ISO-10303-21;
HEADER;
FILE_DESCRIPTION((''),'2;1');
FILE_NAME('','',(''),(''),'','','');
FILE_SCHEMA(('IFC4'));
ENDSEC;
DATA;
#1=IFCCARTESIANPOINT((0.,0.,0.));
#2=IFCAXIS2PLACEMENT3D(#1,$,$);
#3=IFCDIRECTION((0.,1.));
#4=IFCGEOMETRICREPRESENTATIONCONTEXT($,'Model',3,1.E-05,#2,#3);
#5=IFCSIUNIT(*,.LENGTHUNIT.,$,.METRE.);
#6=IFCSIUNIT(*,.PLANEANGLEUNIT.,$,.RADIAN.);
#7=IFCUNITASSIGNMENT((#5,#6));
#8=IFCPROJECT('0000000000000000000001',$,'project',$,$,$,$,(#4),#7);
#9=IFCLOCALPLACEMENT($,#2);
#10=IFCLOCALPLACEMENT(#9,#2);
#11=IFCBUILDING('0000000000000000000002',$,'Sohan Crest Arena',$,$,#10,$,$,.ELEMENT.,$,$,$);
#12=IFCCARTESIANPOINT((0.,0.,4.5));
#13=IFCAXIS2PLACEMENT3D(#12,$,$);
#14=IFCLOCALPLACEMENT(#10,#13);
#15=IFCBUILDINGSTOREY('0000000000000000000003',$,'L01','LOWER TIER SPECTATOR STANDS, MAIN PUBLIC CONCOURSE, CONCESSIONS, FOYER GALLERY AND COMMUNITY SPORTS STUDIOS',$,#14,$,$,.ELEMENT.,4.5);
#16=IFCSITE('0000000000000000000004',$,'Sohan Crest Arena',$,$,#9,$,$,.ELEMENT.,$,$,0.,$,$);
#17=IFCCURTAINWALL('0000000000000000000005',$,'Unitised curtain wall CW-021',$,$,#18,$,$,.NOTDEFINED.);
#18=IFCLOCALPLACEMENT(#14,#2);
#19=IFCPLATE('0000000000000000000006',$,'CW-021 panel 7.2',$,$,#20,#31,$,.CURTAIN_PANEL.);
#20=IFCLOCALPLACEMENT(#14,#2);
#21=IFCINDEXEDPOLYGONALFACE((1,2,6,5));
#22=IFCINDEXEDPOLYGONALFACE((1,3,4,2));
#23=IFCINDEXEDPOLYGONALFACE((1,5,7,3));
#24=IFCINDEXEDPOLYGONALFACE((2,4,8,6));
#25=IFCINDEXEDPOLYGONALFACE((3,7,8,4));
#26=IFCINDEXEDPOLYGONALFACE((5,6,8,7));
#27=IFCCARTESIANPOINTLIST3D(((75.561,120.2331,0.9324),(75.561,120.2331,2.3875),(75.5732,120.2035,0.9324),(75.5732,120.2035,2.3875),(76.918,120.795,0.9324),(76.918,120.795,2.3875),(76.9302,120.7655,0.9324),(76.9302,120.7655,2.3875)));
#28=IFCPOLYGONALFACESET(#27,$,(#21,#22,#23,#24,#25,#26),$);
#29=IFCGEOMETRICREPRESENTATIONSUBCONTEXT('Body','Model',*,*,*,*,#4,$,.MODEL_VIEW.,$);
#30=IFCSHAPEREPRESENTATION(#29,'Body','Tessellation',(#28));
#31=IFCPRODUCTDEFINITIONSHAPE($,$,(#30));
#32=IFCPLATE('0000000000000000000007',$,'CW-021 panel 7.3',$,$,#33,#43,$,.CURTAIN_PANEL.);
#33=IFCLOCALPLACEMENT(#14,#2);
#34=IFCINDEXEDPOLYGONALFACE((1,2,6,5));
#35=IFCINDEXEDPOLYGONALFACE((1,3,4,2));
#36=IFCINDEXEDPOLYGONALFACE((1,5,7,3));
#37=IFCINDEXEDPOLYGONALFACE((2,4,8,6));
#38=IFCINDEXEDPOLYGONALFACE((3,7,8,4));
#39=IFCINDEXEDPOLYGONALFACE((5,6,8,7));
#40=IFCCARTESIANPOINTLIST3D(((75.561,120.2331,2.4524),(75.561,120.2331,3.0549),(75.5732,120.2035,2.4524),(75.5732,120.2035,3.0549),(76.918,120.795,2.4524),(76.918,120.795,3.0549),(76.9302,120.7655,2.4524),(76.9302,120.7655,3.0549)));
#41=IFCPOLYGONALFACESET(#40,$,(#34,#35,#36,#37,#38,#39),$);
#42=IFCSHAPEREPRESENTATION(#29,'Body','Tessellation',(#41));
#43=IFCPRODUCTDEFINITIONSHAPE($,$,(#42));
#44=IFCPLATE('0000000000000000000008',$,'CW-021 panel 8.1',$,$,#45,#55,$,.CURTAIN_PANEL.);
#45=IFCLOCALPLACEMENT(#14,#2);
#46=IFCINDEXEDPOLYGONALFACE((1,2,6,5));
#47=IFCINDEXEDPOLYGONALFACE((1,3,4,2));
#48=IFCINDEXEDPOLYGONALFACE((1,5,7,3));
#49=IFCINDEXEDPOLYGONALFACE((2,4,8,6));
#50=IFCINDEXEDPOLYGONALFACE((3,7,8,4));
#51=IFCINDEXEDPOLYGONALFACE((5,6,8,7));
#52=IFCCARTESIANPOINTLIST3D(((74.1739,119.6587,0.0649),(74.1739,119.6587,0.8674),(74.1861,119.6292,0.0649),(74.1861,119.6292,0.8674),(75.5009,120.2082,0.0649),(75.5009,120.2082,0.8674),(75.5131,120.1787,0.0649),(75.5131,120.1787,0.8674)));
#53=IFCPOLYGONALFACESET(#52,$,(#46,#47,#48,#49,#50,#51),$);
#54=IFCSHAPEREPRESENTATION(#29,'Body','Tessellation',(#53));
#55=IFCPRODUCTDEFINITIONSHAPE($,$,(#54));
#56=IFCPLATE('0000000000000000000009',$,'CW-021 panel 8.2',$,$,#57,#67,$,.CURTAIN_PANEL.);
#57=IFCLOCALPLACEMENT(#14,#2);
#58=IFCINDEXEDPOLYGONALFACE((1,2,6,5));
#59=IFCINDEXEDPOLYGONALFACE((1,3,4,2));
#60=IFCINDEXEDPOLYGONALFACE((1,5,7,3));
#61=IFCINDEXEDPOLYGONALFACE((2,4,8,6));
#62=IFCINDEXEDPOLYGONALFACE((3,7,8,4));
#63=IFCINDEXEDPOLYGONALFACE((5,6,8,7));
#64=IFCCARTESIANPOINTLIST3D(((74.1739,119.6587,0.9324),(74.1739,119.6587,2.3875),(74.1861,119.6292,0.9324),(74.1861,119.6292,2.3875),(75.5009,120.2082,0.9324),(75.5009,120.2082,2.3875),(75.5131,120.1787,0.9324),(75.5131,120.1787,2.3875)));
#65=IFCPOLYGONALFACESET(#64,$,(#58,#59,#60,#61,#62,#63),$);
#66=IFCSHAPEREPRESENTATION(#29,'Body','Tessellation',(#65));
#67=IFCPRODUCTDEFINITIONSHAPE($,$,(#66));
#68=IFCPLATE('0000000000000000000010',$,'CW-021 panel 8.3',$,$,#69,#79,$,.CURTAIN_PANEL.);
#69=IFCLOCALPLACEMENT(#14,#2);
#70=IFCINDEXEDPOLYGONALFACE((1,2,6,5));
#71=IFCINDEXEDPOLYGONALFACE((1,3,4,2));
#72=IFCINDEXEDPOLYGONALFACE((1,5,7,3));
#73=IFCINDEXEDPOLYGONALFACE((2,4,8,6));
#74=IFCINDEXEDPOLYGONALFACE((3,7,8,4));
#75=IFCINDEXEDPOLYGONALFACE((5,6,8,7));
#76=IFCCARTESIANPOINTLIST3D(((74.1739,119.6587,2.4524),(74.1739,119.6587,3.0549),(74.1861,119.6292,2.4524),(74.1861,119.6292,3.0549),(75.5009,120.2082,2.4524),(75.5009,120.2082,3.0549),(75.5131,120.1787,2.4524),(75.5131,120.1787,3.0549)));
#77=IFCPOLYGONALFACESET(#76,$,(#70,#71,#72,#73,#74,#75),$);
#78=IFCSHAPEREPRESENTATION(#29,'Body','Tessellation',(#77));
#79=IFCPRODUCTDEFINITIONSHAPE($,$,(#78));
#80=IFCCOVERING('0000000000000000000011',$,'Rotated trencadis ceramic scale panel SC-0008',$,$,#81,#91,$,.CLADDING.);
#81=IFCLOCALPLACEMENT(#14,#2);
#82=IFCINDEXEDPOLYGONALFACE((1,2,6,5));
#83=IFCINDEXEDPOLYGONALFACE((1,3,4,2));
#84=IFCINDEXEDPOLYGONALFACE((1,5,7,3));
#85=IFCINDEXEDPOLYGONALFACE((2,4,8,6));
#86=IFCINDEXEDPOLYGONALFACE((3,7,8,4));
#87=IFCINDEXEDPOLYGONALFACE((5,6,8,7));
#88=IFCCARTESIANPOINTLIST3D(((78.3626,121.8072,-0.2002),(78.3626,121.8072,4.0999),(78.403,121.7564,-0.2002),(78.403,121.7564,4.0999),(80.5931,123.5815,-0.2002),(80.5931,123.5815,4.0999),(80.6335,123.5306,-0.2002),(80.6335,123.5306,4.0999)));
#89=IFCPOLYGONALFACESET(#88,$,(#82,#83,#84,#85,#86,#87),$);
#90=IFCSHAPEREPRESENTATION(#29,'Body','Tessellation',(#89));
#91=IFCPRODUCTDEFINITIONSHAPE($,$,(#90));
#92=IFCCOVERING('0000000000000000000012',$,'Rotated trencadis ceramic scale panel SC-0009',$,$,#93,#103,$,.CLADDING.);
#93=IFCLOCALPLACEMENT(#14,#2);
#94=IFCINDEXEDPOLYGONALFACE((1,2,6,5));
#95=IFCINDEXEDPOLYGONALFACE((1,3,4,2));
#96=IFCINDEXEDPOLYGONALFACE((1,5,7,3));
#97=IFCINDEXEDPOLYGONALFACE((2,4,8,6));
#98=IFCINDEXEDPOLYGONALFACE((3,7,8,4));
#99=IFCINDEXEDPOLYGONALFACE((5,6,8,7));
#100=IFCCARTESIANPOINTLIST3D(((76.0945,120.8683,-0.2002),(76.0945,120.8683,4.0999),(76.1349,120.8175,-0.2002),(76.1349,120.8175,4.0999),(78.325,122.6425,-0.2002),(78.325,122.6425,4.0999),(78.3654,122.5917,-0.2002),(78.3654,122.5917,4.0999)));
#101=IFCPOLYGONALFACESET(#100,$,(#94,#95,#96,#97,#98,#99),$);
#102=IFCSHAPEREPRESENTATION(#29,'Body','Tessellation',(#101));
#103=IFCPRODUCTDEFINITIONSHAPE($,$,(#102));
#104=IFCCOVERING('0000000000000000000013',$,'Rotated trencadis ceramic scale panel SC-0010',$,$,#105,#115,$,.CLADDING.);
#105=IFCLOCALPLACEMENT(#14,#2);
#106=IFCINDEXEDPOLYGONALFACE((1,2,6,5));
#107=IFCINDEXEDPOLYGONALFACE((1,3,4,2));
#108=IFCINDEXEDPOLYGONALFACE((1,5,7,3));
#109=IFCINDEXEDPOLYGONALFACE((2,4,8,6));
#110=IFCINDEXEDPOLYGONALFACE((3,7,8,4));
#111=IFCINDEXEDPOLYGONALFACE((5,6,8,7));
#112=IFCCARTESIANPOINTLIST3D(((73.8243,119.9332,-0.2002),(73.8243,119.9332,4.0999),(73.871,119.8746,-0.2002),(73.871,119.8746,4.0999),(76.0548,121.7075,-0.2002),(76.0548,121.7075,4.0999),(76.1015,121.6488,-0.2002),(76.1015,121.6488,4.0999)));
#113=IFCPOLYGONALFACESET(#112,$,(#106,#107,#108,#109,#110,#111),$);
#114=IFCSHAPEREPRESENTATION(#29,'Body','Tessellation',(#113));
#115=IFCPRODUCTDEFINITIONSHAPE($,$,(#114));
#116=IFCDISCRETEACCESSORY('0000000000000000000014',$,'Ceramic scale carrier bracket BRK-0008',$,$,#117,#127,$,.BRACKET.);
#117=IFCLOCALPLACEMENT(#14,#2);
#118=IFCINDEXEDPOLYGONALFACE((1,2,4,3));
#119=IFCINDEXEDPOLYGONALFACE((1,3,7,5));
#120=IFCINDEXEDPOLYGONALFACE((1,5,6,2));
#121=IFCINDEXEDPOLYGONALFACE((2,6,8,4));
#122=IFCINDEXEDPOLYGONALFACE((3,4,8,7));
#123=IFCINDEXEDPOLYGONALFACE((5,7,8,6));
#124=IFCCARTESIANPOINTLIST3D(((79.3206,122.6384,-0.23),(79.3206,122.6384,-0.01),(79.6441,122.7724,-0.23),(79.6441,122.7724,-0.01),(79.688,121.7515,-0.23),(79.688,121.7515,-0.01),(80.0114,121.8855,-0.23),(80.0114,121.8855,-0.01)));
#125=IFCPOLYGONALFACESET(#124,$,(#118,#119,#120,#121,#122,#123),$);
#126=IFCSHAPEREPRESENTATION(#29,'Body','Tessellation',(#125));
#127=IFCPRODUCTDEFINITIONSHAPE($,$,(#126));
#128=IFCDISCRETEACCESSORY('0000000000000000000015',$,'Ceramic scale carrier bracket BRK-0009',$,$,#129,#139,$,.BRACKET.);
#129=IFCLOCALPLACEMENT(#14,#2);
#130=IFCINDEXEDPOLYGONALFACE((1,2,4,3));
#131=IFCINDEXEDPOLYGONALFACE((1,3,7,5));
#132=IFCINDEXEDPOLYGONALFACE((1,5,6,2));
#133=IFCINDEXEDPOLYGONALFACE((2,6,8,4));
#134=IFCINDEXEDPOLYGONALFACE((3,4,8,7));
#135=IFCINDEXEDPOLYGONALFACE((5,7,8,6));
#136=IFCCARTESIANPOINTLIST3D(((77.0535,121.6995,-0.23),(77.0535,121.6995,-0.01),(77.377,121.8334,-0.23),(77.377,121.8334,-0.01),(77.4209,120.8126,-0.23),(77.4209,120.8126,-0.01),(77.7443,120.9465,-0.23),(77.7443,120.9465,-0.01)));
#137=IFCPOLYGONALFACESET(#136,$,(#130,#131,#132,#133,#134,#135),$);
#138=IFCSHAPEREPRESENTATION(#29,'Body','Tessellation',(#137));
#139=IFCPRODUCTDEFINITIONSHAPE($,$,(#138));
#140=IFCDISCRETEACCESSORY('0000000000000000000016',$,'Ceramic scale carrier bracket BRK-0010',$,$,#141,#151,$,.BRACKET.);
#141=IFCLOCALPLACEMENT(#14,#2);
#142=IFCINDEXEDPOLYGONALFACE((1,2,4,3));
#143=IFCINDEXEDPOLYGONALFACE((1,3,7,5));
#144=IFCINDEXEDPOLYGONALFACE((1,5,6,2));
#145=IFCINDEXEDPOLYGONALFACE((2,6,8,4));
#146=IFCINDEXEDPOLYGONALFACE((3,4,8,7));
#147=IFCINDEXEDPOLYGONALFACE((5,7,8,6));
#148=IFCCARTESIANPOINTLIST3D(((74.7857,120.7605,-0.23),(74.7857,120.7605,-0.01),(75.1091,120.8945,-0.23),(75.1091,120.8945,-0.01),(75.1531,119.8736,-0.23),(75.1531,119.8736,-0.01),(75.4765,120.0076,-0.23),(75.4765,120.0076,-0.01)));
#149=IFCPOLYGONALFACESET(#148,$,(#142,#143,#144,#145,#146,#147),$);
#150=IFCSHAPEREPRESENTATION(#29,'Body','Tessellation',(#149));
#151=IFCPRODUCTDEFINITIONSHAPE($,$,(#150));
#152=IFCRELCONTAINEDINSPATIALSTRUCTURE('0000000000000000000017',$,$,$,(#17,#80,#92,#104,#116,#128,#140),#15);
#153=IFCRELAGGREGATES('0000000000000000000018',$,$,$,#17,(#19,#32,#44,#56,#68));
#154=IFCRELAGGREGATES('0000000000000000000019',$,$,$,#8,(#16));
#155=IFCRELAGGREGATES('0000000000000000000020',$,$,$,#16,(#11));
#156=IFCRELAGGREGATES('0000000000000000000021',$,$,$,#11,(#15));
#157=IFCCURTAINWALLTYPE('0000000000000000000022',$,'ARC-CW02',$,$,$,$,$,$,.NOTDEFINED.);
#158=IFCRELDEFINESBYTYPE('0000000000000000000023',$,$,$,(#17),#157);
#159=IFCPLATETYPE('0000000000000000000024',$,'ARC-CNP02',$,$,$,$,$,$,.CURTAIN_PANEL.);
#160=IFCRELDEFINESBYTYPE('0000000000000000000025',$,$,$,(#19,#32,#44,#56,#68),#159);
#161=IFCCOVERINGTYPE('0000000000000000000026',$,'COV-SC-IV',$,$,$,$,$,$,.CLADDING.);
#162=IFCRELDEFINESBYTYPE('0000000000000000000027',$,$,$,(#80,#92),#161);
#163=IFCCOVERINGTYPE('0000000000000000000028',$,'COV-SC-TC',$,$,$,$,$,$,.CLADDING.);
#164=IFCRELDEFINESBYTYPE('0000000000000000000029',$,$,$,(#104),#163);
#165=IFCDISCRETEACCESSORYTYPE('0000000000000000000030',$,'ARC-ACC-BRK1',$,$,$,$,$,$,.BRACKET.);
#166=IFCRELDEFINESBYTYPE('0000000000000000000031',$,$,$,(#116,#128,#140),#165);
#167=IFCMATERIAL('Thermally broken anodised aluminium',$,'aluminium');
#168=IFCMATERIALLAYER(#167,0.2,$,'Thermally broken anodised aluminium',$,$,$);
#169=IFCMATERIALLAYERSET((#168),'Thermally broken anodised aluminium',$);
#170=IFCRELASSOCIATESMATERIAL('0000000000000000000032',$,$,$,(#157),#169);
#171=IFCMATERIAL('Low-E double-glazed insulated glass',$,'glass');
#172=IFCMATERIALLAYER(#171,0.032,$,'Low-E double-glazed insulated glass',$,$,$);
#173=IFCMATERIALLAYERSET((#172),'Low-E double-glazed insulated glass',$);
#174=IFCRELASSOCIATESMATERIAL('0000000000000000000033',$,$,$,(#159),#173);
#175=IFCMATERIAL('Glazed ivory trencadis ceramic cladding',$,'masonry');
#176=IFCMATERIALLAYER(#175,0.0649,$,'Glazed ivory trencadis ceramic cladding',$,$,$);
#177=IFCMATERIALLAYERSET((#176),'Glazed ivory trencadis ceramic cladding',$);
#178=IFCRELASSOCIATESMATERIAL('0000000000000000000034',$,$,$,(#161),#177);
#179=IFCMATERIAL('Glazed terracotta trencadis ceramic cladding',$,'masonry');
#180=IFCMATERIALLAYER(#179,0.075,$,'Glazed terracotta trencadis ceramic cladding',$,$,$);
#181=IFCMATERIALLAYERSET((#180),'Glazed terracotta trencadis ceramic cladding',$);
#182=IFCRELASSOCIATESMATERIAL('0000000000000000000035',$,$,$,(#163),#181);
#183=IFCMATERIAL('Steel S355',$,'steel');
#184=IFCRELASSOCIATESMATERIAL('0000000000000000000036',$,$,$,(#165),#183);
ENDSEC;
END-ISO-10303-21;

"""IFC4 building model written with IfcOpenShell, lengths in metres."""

from ifc_helpers import new_model, si_unit, direction, frame, origin, origin_2d, place, context, subcontext, project, spatial, rectangle, extrude, material, layer, layer_set, type_object, element, aggregate, save


model = new_model("IFC4")

# Units and contexts
model_context = context("Model", 3, precision=1e-05, world=origin(), true_north=direction((0.0, 1.0)))
body_context = subcontext(model_context, "Body", "Model", "MODEL_VIEW")
ifc_project = project(units=[si_unit("LENGTHUNIT", "METRE"), si_unit("PLANEANGLEUNIT", "RADIAN")], contexts=[model_context])

# Site, building, storey
site_placement = place(None, origin())
site = spatial("IfcSite", under=ifc_project, at=site_placement, Name="Sohan Crest Arena", CompositionType="ELEMENT", RefElevation=0.0)
building_placement = place(site_placement, origin())
building = spatial("IfcBuilding", under=site, at=building_placement, Name="Sohan Crest Arena", CompositionType="ELEMENT")
storey_placement = place(building_placement, frame((0.0, 0.0, 4.5)))
storey = spatial("IfcBuildingStorey", under=building, at=storey_placement, Name="L01", Description="LOWER TIER SPECTATOR STANDS, MAIN PUBLIC CONCOURSE, CONCESSIONS, FOYER GALLERY AND COMMUNITY SPORTS STUDIOS", CompositionType="ELEMENT", Elevation=4.5)

# Curtain wall, plates
ifc_material_1 = material(Name="Thermally broken anodised aluminium", Category="aluminium")
ifc_layer_1 = layer(ifc_material_1, 0.2, Name="Thermally broken anodised aluminium")
ifc_layer_set_1 = layer_set([ifc_layer_1], Name="Thermally broken anodised aluminium")
curtain_wall_type = type_object("IfcCurtainWallType", Name="ARC-CW02", PredefinedType="NOTDEFINED", material=ifc_layer_set_1)
curtain_wall_placement = place(storey_placement, origin())
curtain_wall = element("IfcCurtainWall", 1, at=curtain_wall_placement, inside=storey, type_object=curtain_wall_type, Name="Unitised curtain wall CW-021", PredefinedType="NOTDEFINED")
ifc_material_2 = material(Name="Low-E double-glazed insulated glass", Category="glass")
ifc_layer_2 = layer(ifc_material_2, 0.032, Name="Low-E double-glazed insulated glass")
ifc_layer_set_2 = layer_set([ifc_layer_2], Name="Low-E double-glazed insulated glass")
plate_type = type_object("IfcPlateType", Name="ARC-CNP02", PredefinedType="CURTAIN_PANEL", material=ifc_layer_set_2)
plate_1_placement = place(storey_placement, frame((76.2456, 120.4993, 0.9324), z_axis=(0.0, 0.0, 1.0), x_axis=(-0.923907, -0.382618, 0.0)))
plate_1 = element("IfcPlate", 2, at=plate_1_placement, type_object=plate_type, Name="CW-021 panel 7.2", PredefinedType="CURTAIN_PANEL", context=body_context, shape_type="SweptSolid", body=[
    extrude(rectangle(XDim=1.4688, YDim=0.032, at=origin_2d()), origin(), (0.0, 0.0, 1.0), 1.4551),
])
plate_2_placement = place(storey_placement, frame((76.2456, 120.4993, 2.4524), z_axis=(0.0, 0.0, 1.0), x_axis=(-0.923907, -0.382618, 0.0)))
plate_2 = element("IfcPlate", 3, at=plate_2_placement, type_object=plate_type, Name="CW-021 panel 7.3", PredefinedType="CURTAIN_PANEL", context=body_context, shape_type="SweptSolid", body=[
    extrude(rectangle(XDim=1.4688, YDim=0.032, at=origin_2d()), origin(), (0.0, 0.0, 1.0), 0.6025),
])
plate_3_placement = place(storey_placement, frame((74.8435, 119.9187, 0.0649), z_axis=(0.0, 0.0, 1.0), x_axis=(-0.923907, -0.382618, 0.0)))
plate_3 = element("IfcPlate", 4, at=plate_3_placement, type_object=plate_type, Name="CW-021 panel 8.1", PredefinedType="CURTAIN_PANEL", context=body_context, shape_type="SweptSolid", body=[
    extrude(rectangle(XDim=1.4363, YDim=0.032, at=origin_2d()), origin(), (0.0, 0.0, 1.0), 0.8025),
])
plate_4_placement = place(storey_placement, frame((74.8435, 119.9187, 0.9324), z_axis=(0.0, 0.0, 1.0), x_axis=(-0.923907, -0.382618, 0.0)))
plate_4 = element("IfcPlate", 5, at=plate_4_placement, type_object=plate_type, Name="CW-021 panel 8.2", PredefinedType="CURTAIN_PANEL", context=body_context, shape_type="SweptSolid", body=[
    extrude(rectangle(XDim=1.4363, YDim=0.032, at=origin_2d()), origin(), (0.0, 0.0, 1.0), 1.4551),
])
plate_5_placement = place(storey_placement, frame((74.8435, 119.9187, 2.4524), z_axis=(0.0, 0.0, 1.0), x_axis=(-0.923907, -0.382618, 0.0)))
plate_5 = element("IfcPlate", 6, at=plate_5_placement, type_object=plate_type, Name="CW-021 panel 8.3", PredefinedType="CURTAIN_PANEL", context=body_context, shape_type="SweptSolid", body=[
    extrude(rectangle(XDim=1.4363, YDim=0.032, at=origin_2d()), origin(), (0.0, 0.0, 1.0), 0.6025),
])
aggregate(curtain_wall, [plate_1, plate_2, plate_3, plate_4, plate_5])

# Coverings
ifc_material_3 = material(Name="Glazed ivory trencadis ceramic cladding", Category="masonry")
ifc_layer_3 = layer(ifc_material_3, 0.0649, Name="Glazed ivory trencadis ceramic cladding")
ifc_layer_set_3 = layer_set([ifc_layer_3], Name="Glazed ivory trencadis ceramic cladding")
covering_type_1 = type_object("IfcCoveringType", Name="COV-SC-IV", PredefinedType="CLADDING", material=ifc_layer_set_3)
for number, where, z_axis, x_axis, name in (
    (7, (79.498, 122.6689, -0.2002), (0.0, 0.0, 1.0), (-0.782608, -0.622515, 0.0), "Rotated trencadis ceramic scale panel SC-0008"),
    (8, (77.23, 121.73, -0.2002), (0.0, 0.0, 1.0), (-0.782608, -0.622515, 0.0), "Rotated trencadis ceramic scale panel SC-0009"),
):
    element("IfcCovering", number, at=place(storey_placement, frame(where, z_axis=z_axis, x_axis=x_axis)), inside=storey, type_object=covering_type_1, Name=name, PredefinedType="CLADDING", context=body_context, shape_type="SweptSolid", body=[
        extrude(rectangle(XDim=2.8501, YDim=0.0649, at=origin_2d()), origin(), (0.0, 0.0, 1.0), 4.3),
    ])
ifc_material_4 = material(Name="Glazed terracotta trencadis ceramic cladding", Category="masonry")
ifc_layer_4 = layer(ifc_material_4, 0.075, Name="Glazed terracotta trencadis ceramic cladding")
ifc_layer_set_4 = layer_set([ifc_layer_4], Name="Glazed terracotta trencadis ceramic cladding")
covering_type_2 = type_object("IfcCoveringType", Name="COV-SC-TC", PredefinedType="CLADDING", material=ifc_layer_set_4)
covering_placement = place(storey_placement, frame((74.9629, 120.791, -0.2002), z_axis=(0.0, 0.0, 1.0), x_axis=(-0.782608, -0.622515, 0.0)))
element("IfcCovering", 9, at=covering_placement, inside=storey, type_object=covering_type_2, Name="Rotated trencadis ceramic scale panel SC-0010", PredefinedType="CLADDING", context=body_context, shape_type="SweptSolid", body=[
    extrude(rectangle(XDim=2.8501, YDim=0.075, at=origin_2d()), origin(), (0.0, 0.0, 1.0), 4.3),
])

# Discrete accessories
ifc_material_5 = material(Name="Steel S355", Category="steel")
discrete_accessory_type = type_object("IfcDiscreteAccessoryType", Name="ARC-ACC-BRK1", PredefinedType="BRACKET", material=ifc_material_5)
for number, where, z_axis, x_axis, name in (
    (10, (79.666, 122.262, -0.23), (0.0, 0.0, 1.0), (-0.92388, -0.382683, 0.0), "Ceramic scale carrier bracket BRK-0008"),
    (11, (77.3989, 121.323, -0.23), (0.0, 0.0, 1.0), (-0.92388, -0.382683, 0.0), "Ceramic scale carrier bracket BRK-0009"),
    (12, (75.1311, 120.384, -0.23), (0.0, 0.0, 1.0), (-0.92388, -0.382683, 0.0), "Ceramic scale carrier bracket BRK-0010"),
):
    element("IfcDiscreteAccessory", number, at=place(storey_placement, frame(where, z_axis=z_axis, x_axis=x_axis)), inside=storey, type_object=discrete_accessory_type, Name=name, PredefinedType="BRACKET", context=body_context, shape_type="SweptSolid", body=[
        extrude(rectangle(XDim=0.3501, YDim=0.96, at=origin_2d()), origin(), (0.0, 0.0, 1.0), 0.22),
    ])

save(model, "model.ifc")
